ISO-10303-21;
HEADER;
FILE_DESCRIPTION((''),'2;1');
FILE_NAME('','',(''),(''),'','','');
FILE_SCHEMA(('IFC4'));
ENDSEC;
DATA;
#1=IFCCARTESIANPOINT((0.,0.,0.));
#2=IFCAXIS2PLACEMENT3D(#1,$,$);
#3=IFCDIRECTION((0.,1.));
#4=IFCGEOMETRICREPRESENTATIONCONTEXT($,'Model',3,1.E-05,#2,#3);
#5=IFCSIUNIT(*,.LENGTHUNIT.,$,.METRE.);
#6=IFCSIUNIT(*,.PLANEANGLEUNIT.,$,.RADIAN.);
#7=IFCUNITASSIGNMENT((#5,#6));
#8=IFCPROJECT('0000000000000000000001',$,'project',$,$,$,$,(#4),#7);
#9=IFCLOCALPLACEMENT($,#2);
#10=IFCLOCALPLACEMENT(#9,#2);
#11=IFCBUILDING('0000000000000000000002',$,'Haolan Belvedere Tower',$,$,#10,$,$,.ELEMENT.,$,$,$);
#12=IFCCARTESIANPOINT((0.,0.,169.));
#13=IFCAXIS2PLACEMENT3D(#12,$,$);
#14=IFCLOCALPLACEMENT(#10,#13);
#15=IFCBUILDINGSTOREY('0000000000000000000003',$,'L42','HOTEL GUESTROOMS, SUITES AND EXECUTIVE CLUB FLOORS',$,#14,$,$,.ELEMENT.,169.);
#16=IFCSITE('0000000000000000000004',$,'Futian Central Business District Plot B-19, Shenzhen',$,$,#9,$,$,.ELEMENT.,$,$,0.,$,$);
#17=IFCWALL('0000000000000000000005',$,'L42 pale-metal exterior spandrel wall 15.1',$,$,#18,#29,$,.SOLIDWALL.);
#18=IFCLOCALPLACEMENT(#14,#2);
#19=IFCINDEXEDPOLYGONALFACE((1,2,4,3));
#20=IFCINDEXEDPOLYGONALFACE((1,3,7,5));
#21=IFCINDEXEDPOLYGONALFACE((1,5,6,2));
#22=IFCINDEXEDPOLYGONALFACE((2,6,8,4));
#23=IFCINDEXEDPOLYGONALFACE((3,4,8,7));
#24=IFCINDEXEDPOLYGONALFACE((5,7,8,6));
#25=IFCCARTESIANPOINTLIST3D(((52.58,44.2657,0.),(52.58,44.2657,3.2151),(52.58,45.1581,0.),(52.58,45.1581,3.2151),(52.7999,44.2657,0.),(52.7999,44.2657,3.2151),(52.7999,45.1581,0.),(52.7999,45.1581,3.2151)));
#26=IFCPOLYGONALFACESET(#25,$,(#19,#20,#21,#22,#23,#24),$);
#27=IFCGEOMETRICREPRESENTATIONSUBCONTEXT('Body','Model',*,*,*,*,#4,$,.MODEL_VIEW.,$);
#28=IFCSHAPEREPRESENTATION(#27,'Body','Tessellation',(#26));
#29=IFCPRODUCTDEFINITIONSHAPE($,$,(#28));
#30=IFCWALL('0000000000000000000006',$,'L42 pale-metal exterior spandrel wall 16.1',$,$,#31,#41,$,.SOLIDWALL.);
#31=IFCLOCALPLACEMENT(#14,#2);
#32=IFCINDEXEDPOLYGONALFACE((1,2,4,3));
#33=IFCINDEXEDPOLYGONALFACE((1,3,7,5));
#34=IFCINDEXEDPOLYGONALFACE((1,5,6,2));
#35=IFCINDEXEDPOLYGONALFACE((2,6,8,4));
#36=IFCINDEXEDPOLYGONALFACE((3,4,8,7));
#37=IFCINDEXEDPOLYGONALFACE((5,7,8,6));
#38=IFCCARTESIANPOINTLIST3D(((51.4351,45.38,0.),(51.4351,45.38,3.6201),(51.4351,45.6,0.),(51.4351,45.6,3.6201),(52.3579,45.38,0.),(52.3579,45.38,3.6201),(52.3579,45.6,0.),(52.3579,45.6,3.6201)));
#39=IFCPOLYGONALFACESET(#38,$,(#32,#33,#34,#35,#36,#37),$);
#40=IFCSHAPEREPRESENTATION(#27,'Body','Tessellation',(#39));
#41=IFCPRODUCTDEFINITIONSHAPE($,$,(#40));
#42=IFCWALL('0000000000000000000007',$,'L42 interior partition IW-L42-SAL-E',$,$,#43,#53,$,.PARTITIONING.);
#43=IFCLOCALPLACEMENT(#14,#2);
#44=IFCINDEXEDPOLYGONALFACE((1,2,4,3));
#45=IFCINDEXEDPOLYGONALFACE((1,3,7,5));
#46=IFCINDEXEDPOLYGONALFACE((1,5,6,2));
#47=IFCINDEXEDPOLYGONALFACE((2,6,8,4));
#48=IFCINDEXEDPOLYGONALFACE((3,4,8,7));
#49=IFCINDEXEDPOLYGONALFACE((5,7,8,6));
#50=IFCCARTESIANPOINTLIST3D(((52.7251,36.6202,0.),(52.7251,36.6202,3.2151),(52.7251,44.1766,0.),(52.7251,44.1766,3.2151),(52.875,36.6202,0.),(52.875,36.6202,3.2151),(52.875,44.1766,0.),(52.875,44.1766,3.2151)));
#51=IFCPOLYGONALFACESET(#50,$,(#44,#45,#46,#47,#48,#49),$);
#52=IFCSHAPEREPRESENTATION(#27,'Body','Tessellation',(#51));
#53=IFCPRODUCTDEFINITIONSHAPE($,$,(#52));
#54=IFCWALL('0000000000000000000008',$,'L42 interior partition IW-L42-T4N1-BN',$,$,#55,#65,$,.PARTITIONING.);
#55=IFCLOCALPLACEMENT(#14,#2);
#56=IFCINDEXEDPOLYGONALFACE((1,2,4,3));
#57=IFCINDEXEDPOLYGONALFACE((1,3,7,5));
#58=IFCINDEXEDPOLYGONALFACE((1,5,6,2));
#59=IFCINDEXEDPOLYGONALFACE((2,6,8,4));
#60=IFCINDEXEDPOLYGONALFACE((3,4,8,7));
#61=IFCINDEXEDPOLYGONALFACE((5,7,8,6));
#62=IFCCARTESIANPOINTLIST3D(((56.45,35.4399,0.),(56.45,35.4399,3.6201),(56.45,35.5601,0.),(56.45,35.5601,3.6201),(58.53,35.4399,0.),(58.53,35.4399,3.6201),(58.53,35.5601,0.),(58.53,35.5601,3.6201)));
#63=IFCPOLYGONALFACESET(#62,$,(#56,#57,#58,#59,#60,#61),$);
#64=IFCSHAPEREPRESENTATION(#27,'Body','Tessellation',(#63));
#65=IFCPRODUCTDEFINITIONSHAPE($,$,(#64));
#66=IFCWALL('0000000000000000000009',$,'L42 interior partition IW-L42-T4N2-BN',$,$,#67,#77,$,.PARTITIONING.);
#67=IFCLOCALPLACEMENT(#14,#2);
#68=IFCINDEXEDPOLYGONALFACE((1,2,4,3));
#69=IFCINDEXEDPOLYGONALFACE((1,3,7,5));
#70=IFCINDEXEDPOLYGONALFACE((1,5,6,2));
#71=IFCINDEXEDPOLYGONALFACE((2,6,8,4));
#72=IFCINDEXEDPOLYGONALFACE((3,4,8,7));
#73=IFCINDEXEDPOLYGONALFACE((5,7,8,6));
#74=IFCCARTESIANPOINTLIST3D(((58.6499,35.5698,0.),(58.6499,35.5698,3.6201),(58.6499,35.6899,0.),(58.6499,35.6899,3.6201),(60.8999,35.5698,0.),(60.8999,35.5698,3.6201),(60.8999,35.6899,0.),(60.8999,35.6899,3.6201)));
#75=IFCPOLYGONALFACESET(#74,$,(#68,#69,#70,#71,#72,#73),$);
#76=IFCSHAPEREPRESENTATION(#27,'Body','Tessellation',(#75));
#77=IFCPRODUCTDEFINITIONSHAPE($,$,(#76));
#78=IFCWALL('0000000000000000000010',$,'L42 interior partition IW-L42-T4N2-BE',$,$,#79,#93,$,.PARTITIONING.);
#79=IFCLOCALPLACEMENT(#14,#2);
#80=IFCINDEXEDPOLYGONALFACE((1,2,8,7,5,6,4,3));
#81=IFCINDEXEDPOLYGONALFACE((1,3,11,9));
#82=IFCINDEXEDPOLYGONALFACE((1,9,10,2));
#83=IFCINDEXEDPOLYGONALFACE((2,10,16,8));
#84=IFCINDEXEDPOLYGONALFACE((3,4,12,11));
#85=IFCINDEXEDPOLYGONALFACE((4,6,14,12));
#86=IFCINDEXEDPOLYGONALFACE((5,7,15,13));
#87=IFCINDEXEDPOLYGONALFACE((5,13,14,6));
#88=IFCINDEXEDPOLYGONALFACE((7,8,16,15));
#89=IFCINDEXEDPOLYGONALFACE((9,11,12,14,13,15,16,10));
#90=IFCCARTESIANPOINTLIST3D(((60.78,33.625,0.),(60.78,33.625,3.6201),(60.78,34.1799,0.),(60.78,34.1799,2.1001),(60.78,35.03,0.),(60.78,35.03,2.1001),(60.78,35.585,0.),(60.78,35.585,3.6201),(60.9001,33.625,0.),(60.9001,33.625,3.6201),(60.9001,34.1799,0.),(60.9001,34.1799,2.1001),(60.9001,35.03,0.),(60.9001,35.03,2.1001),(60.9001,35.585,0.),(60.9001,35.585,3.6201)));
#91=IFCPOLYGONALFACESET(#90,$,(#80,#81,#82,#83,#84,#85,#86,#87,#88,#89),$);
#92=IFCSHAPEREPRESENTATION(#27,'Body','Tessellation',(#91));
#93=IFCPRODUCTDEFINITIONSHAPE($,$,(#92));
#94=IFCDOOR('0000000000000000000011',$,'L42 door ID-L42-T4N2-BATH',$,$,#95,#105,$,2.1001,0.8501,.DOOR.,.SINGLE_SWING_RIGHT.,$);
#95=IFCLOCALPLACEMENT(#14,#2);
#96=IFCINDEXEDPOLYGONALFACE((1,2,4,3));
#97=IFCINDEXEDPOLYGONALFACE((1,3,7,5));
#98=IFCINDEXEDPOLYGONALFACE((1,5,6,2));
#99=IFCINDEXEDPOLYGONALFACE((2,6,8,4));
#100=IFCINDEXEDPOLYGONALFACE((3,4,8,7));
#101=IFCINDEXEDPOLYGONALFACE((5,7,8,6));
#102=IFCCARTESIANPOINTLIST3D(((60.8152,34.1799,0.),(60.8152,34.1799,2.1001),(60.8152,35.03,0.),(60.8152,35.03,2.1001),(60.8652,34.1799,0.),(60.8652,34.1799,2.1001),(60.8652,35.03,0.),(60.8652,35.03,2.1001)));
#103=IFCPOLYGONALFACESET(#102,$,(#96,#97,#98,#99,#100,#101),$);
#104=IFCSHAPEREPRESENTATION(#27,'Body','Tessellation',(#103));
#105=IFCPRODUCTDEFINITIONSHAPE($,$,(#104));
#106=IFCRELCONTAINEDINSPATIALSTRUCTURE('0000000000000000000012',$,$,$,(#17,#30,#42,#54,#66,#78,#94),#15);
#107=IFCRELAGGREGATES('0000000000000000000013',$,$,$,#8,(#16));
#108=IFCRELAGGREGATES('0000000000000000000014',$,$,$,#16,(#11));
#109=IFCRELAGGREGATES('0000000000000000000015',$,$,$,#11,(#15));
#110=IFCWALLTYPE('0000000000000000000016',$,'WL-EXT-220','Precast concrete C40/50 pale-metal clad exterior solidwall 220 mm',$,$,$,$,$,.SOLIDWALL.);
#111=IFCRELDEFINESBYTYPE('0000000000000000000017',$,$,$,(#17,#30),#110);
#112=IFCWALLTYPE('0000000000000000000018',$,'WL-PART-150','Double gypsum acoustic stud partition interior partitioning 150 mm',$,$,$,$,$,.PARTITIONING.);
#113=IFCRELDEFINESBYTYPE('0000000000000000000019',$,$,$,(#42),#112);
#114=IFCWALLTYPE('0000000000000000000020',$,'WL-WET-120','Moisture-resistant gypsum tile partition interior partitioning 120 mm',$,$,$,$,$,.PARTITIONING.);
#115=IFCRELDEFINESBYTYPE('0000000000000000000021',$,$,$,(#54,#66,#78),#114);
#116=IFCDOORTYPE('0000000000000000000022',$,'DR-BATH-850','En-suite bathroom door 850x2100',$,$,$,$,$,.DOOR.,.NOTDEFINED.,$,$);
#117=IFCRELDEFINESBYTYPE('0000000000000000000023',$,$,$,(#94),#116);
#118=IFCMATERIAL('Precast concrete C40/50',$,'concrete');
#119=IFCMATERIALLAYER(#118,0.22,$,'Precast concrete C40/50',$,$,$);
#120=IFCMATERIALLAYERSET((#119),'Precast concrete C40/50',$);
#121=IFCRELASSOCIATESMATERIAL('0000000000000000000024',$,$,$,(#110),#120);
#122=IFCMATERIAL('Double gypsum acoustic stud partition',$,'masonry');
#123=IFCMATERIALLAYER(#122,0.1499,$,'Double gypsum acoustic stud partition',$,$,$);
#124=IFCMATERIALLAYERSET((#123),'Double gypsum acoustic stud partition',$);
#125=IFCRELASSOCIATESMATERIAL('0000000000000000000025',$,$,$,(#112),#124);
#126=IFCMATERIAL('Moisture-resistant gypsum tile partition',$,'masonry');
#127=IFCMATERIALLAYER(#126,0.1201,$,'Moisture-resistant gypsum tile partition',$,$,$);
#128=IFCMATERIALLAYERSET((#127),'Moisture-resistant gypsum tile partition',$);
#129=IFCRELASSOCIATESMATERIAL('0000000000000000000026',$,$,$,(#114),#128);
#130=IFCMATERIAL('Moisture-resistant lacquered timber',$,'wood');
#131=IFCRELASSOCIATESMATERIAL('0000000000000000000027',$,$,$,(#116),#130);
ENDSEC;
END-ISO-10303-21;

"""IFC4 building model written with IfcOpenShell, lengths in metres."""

from ifc_helpers import new_model, si_unit, direction, frame, frame_2d, origin, place, context, subcontext, project, spatial, rectangle, extrude, material, layer, layer_set, type_object, element, fill, save


model = new_model("IFC4")

# Units and contexts
model_context = context("Model", 3, precision=1e-05, world=origin(), true_north=direction((0.0, 1.0)))
body_context = subcontext(model_context, "Body", "Model", "MODEL_VIEW")
ifc_project = project(units=[si_unit("LENGTHUNIT", "METRE"), si_unit("PLANEANGLEUNIT", "RADIAN")], contexts=[model_context])

# Site, building, storey
site_placement = place(None, origin())
site = spatial("IfcSite", under=ifc_project, at=site_placement, Name="Futian Central Business District Plot B-19, Shenzhen", CompositionType="ELEMENT", RefElevation=0.0)
building_placement = place(site_placement, origin())
building = spatial("IfcBuilding", under=site, at=building_placement, Name="Haolan Belvedere Tower", CompositionType="ELEMENT")
storey_placement = place(building_placement, frame((0.0, 0.0, 169.0)))
storey = spatial("IfcBuildingStorey", under=building, at=storey_placement, Name="L42", Description="HOTEL GUESTROOMS, SUITES AND EXECUTIVE CLUB FLOORS", CompositionType="ELEMENT", Elevation=169.0)

# Shared definitions
ifc_material_1 = material(Name="Precast concrete C40/50", Category="concrete")
ifc_layer_1 = layer(ifc_material_1, 0.22, Name="Precast concrete C40/50")
ifc_layer_set_1 = layer_set([ifc_layer_1], Name="Precast concrete C40/50")
wall_type_1 = type_object("IfcWallType", Name="WL-EXT-220", Description="Precast concrete C40/50 pale-metal clad exterior solidwall 220 mm", PredefinedType="SOLIDWALL", material=ifc_layer_set_1)

# Walls
wall_1_placement = place(storey_placement, frame((52.6899, 44.2656, 0.0), z_axis=(0.0, 0.0, 1.0), x_axis=(0.0, 1.0, 0.0)))
element("IfcWall", 1, at=wall_1_placement, inside=storey, type_object=wall_type_1, Name="L42 pale-metal exterior spandrel wall 15.1", PredefinedType="SOLIDWALL", context=body_context, shape_type="SweptSolid", body=[
    extrude(rectangle(XDim=0.8923, YDim=0.22, at=frame_2d((0.4463, 0.0))), origin(), (0.0, 0.0, 1.0), 3.2151),
])
wall_2_placement = place(storey_placement, frame((52.3579, 45.49, 0.0), z_axis=(0.0, 0.0, 1.0), x_axis=(-1.0, 0.0, 0.0)))
element("IfcWall", 2, at=wall_2_placement, inside=storey, type_object=wall_type_1, Name="L42 pale-metal exterior spandrel wall 16.1", PredefinedType="SOLIDWALL", context=body_context, shape_type="SweptSolid", body=[
    extrude(rectangle(XDim=0.9229, YDim=0.22, at=frame_2d((0.4614, 0.0))), origin(), (0.0, 0.0, 1.0), 3.6201),
])
ifc_material_2 = material(Name="Double gypsum acoustic stud partition", Category="masonry")
ifc_layer_2 = layer(ifc_material_2, 0.1499, Name="Double gypsum acoustic stud partition")
ifc_layer_set_2 = layer_set([ifc_layer_2], Name="Double gypsum acoustic stud partition")
wall_type_2 = type_object("IfcWallType", Name="WL-PART-150", Description="Double gypsum acoustic stud partition interior partitioning 150 mm", PredefinedType="PARTITIONING", material=ifc_layer_set_2)
wall_3_placement = place(storey_placement, frame((52.8, 36.6201, 0.0), z_axis=(0.0, 0.0, 1.0), x_axis=(0.0, 1.0, 0.0)))
element("IfcWall", 3, at=wall_3_placement, inside=storey, type_object=wall_type_2, Name="L42 interior partition IW-L42-SAL-E", PredefinedType="PARTITIONING", context=body_context, shape_type="SweptSolid", body=[
    extrude(rectangle(XDim=7.5564, YDim=0.1499, at=frame_2d((3.7783, 0.0))), origin(), (0.0, 0.0, 1.0), 3.2151),
])
ifc_material_3 = material(Name="Moisture-resistant gypsum tile partition", Category="masonry")
ifc_layer_3 = layer(ifc_material_3, 0.1201, Name="Moisture-resistant gypsum tile partition")
ifc_layer_set_3 = layer_set([ifc_layer_3], Name="Moisture-resistant gypsum tile partition")
wall_type_3 = type_object("IfcWallType", Name="WL-WET-120", Description="Moisture-resistant gypsum tile partition interior partitioning 120 mm", PredefinedType="PARTITIONING", material=ifc_layer_set_3)
wall_4_placement = place(storey_placement, frame((56.45, 35.5, 0.0), z_axis=(0.0, 0.0, 1.0), x_axis=(1.0, 0.0, 0.0)))
element("IfcWall", 4, at=wall_4_placement, inside=storey, type_object=wall_type_3, Name="L42 interior partition IW-L42-T4N1-BN", PredefinedType="PARTITIONING", context=body_context, shape_type="SweptSolid", body=[
    extrude(rectangle(XDim=2.0801, YDim=0.1201, at=frame_2d((1.04, 0.0))), origin(), (0.0, 0.0, 1.0), 3.6201),
])
wall_5_placement = place(storey_placement, frame((58.6499, 35.6299, 0.0), z_axis=(0.0, 0.0, 1.0), x_axis=(1.0, 0.0, 0.0)))
element("IfcWall", 5, at=wall_5_placement, inside=storey, type_object=wall_type_3, Name="L42 interior partition IW-L42-T4N2-BN", PredefinedType="PARTITIONING", context=body_context, shape_type="SweptSolid", body=[
    extrude(rectangle(XDim=2.25, YDim=0.1201, at=frame_2d((1.125, 0.0))), origin(), (0.0, 0.0, 1.0), 3.6201),
])

# Wall, opening, door
wall_6_placement = place(storey_placement, frame((60.8401, 33.625, 0.0), z_axis=(0.0, 0.0, 1.0), x_axis=(0.0, 1.0, 0.0)))
wall_6 = element("IfcWall", 6, at=wall_6_placement, inside=storey, type_object=wall_type_3, Name="L42 interior partition IW-L42-T4N2-BE", PredefinedType="PARTITIONING", context=body_context, shape_type="SweptSolid", body=[
    extrude(rectangle(XDim=1.96, YDim=0.1201, at=frame_2d((0.98, 0.0))), origin(), (0.0, 0.0, 1.0), 3.6201),
])
opening_1_placement = place(wall_6_placement, frame((0.5549, 0.0, 0.0)))
opening_1 = element("IfcOpeningElement", 7, at=opening_1_placement, cuts=wall_6, PredefinedType="OPENING", context=body_context, shape_type="SweptSolid", body=[
    extrude(rectangle(XDim=0.8501, YDim=2.1001, at=frame_2d((0.425, 1.05))), frame((0.0, 0.0701, 0.0), z_axis=(0.0, -1.0, 0.0), x_axis=(1.0, 0.0, 0.0)), (0.0, 0.0, 1.0), 0.1401),
])
ifc_material_4 = material(Name="Moisture-resistant lacquered timber", Category="wood")
door_type = type_object("IfcDoorType", Name="DR-BATH-850", Description="En-suite bathroom door 850x2100", OperationType="NOTDEFINED", PredefinedType="DOOR", material=ifc_material_4)
door_placement = place(opening_1_placement, origin())
door = element("IfcDoor", 8, at=door_placement, inside=storey, type_object=door_type, Name="L42 door ID-L42-T4N2-BATH", OperationType="SINGLE_SWING_RIGHT", OverallHeight=2.1001, OverallWidth=0.8501, PredefinedType="DOOR", context=body_context, shape_type="SweptSolid", body=[
    extrude(rectangle(XDim=0.8501, YDim=2.1001, at=frame_2d((0.425, 1.05))), frame((0.0, 0.0249, 0.0), z_axis=(0.0, -1.0, 0.0), x_axis=(1.0, 0.0, 0.0)), (0.0, 0.0, 1.0), 0.05),
])
fill(opening_1, door)

save(model, "model.ifc")
